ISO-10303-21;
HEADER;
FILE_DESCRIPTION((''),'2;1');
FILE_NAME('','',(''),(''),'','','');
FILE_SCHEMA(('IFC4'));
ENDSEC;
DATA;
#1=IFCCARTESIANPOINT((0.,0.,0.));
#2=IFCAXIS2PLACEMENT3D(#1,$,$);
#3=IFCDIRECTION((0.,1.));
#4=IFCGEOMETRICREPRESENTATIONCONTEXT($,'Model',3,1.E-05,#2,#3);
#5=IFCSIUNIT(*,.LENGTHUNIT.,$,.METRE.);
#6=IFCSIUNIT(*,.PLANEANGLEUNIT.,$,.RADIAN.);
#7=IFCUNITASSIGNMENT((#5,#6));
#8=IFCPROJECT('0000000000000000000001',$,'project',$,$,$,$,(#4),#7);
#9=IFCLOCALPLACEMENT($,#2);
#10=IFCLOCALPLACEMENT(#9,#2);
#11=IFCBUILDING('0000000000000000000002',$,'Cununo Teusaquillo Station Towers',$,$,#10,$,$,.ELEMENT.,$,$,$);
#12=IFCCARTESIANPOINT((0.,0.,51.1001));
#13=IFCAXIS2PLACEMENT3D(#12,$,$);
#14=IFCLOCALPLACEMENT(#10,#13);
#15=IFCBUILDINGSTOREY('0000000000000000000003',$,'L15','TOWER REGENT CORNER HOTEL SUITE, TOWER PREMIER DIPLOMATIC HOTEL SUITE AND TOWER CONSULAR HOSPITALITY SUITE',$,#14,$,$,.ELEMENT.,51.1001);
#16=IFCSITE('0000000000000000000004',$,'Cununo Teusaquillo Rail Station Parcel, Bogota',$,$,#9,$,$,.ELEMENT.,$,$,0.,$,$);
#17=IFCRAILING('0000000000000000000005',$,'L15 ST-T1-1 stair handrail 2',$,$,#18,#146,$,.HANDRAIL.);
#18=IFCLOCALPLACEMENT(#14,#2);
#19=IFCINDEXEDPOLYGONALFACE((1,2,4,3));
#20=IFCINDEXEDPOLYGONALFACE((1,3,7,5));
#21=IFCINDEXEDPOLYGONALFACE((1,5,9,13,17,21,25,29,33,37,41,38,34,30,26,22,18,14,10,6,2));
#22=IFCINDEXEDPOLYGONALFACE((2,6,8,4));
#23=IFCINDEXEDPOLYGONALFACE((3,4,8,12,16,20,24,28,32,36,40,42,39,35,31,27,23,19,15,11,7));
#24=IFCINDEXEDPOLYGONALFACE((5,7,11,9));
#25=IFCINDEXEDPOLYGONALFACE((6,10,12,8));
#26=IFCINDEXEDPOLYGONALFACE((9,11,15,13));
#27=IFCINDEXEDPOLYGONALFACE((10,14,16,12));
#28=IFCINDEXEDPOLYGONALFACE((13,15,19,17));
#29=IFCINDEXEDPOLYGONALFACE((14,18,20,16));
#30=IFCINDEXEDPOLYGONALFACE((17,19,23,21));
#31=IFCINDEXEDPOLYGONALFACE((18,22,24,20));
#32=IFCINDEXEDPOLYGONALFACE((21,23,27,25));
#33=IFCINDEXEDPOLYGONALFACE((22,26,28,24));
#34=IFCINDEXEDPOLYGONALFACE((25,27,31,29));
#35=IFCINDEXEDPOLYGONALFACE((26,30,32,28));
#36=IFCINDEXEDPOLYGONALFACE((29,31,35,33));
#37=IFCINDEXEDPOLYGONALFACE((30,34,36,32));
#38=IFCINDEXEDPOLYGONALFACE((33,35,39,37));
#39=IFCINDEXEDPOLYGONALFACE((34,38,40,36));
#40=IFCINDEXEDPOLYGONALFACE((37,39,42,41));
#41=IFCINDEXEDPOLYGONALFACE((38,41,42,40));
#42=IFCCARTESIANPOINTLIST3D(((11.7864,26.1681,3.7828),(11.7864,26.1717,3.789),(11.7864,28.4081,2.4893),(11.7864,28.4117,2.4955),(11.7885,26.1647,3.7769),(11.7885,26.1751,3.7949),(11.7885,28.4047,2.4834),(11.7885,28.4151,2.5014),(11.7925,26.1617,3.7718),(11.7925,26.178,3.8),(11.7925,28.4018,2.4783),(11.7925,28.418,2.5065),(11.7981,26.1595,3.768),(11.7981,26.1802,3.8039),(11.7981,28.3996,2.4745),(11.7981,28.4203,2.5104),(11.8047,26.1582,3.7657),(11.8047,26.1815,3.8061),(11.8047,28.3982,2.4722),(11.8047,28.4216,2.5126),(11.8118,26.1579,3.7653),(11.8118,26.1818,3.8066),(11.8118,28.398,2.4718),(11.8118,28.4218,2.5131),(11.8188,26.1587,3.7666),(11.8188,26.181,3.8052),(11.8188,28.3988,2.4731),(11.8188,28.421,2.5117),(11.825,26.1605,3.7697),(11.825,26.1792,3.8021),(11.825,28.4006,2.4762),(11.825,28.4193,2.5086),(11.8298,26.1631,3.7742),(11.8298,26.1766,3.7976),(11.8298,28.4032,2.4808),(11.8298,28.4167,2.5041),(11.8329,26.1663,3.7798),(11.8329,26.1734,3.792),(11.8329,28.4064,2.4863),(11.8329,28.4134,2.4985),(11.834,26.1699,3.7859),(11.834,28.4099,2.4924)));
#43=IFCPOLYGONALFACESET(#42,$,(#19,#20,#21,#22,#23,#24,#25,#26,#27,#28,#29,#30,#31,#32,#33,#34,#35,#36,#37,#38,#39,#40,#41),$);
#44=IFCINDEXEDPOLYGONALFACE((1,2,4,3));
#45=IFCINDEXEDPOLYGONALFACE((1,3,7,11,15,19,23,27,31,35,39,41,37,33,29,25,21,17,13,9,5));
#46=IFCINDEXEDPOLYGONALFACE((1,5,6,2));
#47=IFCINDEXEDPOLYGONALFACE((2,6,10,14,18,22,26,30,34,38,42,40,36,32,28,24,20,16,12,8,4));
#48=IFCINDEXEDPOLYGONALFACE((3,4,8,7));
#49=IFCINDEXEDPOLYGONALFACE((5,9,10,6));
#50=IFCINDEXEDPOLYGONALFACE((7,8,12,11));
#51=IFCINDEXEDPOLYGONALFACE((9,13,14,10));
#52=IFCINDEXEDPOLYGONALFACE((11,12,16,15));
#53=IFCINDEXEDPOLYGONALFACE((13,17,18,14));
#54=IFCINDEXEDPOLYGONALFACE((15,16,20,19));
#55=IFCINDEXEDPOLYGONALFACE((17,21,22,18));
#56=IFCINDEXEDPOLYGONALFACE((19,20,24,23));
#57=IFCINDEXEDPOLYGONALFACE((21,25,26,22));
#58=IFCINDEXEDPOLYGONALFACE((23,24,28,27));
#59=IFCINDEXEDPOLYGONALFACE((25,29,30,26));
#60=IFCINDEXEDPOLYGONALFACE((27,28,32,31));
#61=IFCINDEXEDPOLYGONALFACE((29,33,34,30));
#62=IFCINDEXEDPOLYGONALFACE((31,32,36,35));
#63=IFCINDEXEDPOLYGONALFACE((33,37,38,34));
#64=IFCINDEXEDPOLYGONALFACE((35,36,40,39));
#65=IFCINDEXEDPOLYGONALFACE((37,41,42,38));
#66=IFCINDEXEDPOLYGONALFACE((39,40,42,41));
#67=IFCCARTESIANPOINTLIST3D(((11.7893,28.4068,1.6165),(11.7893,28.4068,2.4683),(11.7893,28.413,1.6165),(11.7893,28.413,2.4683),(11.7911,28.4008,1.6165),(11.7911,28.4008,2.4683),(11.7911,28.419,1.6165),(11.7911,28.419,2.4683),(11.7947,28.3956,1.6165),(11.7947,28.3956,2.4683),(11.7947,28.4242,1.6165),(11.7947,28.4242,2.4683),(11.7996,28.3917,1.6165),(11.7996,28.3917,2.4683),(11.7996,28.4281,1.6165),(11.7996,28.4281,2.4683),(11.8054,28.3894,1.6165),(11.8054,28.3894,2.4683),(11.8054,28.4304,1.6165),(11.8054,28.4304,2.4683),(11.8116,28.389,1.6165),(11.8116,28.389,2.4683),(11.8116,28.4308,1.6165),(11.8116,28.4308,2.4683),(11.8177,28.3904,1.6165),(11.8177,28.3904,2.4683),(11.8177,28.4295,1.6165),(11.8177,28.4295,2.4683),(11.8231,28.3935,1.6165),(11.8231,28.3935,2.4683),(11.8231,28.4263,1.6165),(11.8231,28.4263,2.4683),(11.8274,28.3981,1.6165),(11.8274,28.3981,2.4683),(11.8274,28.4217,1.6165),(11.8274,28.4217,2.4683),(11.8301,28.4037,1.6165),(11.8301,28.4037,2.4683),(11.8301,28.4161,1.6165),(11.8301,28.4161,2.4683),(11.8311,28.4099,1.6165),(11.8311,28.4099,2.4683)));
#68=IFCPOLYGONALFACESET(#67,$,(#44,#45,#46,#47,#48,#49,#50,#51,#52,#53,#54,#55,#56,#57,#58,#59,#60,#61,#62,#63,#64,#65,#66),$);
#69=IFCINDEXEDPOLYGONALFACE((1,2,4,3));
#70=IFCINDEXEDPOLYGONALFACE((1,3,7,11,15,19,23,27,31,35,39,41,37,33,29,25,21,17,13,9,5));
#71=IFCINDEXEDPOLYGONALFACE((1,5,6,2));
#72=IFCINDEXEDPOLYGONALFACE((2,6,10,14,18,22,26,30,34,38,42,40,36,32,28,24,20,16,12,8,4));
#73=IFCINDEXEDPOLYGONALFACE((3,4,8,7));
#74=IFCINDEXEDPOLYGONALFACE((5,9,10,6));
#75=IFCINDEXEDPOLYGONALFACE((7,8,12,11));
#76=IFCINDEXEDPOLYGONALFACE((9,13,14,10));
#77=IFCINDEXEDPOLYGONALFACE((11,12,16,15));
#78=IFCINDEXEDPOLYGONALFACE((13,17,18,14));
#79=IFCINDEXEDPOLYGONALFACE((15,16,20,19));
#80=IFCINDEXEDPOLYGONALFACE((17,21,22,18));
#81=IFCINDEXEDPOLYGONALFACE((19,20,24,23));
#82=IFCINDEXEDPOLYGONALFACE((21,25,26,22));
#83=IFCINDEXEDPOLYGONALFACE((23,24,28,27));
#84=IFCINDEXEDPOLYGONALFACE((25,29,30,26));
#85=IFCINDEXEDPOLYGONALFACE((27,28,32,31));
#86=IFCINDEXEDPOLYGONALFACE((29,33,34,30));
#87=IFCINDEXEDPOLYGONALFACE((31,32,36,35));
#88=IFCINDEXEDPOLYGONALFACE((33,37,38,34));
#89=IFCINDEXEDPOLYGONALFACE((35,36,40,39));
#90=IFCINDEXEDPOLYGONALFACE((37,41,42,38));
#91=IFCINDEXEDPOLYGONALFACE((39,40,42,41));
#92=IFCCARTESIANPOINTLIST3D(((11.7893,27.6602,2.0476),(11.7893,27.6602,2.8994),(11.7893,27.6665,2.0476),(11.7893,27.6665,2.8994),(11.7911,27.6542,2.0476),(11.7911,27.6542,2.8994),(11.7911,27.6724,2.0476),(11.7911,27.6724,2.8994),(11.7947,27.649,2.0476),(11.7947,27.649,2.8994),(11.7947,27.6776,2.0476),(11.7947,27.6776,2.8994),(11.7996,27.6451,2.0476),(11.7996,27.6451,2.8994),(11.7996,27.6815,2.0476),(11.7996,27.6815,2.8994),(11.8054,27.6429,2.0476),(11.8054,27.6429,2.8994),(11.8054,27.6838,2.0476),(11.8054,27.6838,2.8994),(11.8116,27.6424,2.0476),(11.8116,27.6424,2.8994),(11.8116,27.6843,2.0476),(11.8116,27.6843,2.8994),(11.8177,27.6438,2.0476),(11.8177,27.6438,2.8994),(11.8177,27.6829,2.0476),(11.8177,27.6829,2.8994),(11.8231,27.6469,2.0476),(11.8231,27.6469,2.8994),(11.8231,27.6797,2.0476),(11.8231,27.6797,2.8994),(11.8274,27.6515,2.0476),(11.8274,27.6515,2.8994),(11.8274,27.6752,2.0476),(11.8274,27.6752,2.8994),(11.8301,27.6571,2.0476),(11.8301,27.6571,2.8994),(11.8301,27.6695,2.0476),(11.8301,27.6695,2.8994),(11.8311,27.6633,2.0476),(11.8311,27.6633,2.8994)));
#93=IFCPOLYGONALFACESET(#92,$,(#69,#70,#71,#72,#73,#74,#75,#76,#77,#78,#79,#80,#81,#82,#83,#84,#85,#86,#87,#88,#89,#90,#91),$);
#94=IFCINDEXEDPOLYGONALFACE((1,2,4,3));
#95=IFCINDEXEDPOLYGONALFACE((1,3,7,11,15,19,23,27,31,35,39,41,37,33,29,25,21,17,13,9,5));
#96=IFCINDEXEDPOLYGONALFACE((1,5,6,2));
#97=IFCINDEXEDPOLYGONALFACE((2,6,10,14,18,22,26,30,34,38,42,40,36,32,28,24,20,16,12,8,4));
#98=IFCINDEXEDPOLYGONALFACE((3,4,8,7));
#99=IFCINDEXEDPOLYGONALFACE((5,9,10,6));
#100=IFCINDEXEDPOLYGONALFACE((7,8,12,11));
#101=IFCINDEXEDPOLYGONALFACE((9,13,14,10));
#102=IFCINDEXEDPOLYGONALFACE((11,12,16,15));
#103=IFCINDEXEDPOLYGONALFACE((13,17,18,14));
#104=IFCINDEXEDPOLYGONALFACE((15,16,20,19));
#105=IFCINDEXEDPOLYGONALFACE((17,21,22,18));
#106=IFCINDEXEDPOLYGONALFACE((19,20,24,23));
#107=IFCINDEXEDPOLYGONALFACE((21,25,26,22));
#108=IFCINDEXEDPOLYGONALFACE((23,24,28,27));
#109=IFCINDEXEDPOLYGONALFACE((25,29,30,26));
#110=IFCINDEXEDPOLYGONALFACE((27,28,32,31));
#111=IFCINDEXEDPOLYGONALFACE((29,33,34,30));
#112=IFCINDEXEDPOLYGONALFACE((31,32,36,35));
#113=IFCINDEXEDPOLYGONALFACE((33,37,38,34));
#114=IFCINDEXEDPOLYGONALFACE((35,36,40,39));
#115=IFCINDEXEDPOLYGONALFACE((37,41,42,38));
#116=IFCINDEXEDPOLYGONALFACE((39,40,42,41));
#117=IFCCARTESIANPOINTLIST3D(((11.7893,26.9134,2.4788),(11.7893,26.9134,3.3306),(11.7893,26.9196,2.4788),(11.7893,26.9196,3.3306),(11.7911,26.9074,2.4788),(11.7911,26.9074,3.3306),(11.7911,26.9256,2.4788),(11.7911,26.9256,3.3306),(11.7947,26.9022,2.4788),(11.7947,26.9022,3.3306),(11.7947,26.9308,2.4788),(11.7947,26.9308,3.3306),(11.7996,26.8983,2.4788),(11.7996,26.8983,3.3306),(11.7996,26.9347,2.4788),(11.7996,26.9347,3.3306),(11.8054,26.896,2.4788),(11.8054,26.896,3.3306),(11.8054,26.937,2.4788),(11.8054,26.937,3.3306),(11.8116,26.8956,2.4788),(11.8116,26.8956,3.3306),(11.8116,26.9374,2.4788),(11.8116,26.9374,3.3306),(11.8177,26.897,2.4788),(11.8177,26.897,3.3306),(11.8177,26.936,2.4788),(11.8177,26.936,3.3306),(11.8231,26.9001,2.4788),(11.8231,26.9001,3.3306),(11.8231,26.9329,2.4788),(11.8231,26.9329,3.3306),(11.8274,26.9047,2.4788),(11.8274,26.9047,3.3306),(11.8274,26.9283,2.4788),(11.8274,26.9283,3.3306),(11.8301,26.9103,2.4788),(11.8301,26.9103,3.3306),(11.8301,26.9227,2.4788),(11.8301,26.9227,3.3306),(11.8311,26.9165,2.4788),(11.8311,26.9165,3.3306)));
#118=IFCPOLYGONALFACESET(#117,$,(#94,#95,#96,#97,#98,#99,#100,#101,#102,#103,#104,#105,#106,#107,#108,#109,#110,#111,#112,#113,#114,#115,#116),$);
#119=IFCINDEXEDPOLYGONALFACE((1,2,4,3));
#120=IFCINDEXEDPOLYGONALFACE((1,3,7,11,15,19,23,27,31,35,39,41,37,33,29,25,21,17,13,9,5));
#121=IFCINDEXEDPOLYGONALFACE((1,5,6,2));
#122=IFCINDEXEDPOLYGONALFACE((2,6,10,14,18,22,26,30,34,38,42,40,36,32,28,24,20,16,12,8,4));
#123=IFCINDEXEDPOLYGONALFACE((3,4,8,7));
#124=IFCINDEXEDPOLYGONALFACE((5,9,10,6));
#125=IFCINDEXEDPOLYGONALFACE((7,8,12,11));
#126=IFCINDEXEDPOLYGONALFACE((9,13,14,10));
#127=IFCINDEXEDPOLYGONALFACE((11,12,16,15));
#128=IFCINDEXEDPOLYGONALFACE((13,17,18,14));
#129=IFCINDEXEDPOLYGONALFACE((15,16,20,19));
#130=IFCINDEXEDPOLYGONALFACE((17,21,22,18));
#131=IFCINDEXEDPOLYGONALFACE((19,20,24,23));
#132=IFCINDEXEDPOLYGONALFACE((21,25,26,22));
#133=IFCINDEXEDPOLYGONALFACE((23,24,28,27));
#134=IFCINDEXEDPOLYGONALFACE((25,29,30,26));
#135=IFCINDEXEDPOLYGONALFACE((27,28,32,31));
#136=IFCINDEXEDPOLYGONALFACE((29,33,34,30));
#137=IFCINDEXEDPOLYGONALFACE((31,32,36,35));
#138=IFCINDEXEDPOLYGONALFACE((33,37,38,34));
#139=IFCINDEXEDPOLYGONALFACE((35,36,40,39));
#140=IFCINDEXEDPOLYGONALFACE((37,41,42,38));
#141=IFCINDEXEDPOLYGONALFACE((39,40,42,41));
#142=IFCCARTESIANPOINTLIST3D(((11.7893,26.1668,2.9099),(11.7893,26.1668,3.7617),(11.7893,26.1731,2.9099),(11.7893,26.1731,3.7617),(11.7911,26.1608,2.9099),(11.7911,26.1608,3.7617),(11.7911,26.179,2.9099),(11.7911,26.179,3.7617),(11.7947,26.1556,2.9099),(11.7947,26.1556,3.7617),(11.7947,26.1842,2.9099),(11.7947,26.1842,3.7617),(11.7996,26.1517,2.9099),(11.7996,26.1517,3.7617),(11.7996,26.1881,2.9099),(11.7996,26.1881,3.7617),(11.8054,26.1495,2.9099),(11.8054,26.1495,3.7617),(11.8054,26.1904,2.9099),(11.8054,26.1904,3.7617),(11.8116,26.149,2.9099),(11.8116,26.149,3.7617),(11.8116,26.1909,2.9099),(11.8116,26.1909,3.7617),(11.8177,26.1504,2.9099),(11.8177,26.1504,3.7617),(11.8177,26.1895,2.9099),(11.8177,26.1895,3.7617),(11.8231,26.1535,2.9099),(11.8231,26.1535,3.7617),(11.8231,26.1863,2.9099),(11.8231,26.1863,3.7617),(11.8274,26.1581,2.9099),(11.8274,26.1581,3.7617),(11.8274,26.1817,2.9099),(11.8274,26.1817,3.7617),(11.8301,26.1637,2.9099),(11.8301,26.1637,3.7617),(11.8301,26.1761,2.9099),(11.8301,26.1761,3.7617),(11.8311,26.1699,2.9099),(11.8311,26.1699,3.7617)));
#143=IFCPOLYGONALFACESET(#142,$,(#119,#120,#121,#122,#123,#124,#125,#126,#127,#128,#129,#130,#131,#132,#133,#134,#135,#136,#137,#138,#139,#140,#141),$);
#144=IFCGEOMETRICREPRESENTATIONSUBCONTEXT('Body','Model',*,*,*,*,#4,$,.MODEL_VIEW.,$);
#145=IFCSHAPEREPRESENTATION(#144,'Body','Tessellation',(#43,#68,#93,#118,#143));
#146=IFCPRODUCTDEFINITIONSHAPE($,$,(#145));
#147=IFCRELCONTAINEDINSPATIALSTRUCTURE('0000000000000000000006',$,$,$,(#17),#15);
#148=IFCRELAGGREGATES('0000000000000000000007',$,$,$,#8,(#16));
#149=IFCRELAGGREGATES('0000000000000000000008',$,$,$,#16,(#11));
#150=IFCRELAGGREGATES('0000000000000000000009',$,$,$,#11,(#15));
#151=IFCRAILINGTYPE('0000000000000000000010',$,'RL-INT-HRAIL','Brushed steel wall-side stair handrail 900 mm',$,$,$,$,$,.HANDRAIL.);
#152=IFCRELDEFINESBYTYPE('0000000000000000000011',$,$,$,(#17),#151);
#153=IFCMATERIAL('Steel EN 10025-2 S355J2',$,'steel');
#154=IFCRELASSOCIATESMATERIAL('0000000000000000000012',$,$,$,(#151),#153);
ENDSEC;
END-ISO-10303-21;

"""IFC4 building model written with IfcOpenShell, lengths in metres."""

from ifc_helpers import new_model, si_unit, direction, frame, origin, origin_2d, place, context, subcontext, project, spatial, circle, extrude, material, type_object, element, save


model = new_model("IFC4")

# Units and contexts
model_context = context("Model", 3, precision=1e-05, world=origin(), true_north=direction((0.0, 1.0)))
body_context = subcontext(model_context, "Body", "Model", "MODEL_VIEW")
ifc_project = project(units=[si_unit("LENGTHUNIT", "METRE"), si_unit("PLANEANGLEUNIT", "RADIAN")], contexts=[model_context])

# Site, building, storey
site_placement = place(None, origin())
site = spatial("IfcSite", under=ifc_project, at=site_placement, Name="Cununo Teusaquillo Rail Station Parcel, Bogota", CompositionType="ELEMENT", RefElevation=0.0)
building_placement = place(site_placement, origin())
building = spatial("IfcBuilding", under=site, at=building_placement, Name="Cununo Teusaquillo Station Towers", CompositionType="ELEMENT")
storey_placement = place(building_placement, frame((0.0, 0.0, 51.1001)))
storey = spatial("IfcBuildingStorey", under=building, at=storey_placement, Name="L15", Description="TOWER REGENT CORNER HOTEL SUITE, TOWER PREMIER DIPLOMATIC HOTEL SUITE AND TOWER CONSULAR HOSPITALITY SUITE", CompositionType="ELEMENT", Elevation=51.1001)

# Railing
ifc_material_1 = material(Name="Steel EN 10025-2 S355J2", Category="steel")
railing_type_1 = type_object("IfcRailingType", Name="RL-INT-HRAIL", Description="Brushed steel wall-side stair handrail 900 mm", PredefinedType="HANDRAIL", material=ifc_material_1)
railing_1_placement = place(storey_placement, frame((11.8101, 28.4099, 1.6165)))
element("IfcRailing", 1, at=railing_1_placement, inside=storey, type_object=railing_type_1, Name="L15 ST-T1-1 stair handrail 2", PredefinedType="HANDRAIL", context=body_context, shape_type="SweptSolid", body=[
    extrude(circle(Radius=0.0239, at=origin_2d()), frame((0.0, 0.0, 0.876), z_axis=(0.0, -0.865992, 0.500057), x_axis=(1.0, 0.0, 0.0)), (0.0, 0.0, 1.0), 2.5867),
    extrude(circle(Radius=0.021, at=origin_2d()), origin(), (0.0, 0.0, 1.0), 0.8518),
    extrude(circle(Radius=0.021, at=origin_2d()), frame((0.0, -0.7466, 0.4312)), (0.0, 0.0, 1.0), 0.8518),
    extrude(circle(Radius=0.021, at=origin_2d()), frame((0.0, -1.4934, 0.8623)), (0.0, 0.0, 1.0), 0.8518),
    extrude(circle(Radius=0.021, at=origin_2d()), frame((0.0, -2.24, 1.2935)), (0.0, 0.0, 1.0), 0.8518),
])

save(model, "model.ifc")
